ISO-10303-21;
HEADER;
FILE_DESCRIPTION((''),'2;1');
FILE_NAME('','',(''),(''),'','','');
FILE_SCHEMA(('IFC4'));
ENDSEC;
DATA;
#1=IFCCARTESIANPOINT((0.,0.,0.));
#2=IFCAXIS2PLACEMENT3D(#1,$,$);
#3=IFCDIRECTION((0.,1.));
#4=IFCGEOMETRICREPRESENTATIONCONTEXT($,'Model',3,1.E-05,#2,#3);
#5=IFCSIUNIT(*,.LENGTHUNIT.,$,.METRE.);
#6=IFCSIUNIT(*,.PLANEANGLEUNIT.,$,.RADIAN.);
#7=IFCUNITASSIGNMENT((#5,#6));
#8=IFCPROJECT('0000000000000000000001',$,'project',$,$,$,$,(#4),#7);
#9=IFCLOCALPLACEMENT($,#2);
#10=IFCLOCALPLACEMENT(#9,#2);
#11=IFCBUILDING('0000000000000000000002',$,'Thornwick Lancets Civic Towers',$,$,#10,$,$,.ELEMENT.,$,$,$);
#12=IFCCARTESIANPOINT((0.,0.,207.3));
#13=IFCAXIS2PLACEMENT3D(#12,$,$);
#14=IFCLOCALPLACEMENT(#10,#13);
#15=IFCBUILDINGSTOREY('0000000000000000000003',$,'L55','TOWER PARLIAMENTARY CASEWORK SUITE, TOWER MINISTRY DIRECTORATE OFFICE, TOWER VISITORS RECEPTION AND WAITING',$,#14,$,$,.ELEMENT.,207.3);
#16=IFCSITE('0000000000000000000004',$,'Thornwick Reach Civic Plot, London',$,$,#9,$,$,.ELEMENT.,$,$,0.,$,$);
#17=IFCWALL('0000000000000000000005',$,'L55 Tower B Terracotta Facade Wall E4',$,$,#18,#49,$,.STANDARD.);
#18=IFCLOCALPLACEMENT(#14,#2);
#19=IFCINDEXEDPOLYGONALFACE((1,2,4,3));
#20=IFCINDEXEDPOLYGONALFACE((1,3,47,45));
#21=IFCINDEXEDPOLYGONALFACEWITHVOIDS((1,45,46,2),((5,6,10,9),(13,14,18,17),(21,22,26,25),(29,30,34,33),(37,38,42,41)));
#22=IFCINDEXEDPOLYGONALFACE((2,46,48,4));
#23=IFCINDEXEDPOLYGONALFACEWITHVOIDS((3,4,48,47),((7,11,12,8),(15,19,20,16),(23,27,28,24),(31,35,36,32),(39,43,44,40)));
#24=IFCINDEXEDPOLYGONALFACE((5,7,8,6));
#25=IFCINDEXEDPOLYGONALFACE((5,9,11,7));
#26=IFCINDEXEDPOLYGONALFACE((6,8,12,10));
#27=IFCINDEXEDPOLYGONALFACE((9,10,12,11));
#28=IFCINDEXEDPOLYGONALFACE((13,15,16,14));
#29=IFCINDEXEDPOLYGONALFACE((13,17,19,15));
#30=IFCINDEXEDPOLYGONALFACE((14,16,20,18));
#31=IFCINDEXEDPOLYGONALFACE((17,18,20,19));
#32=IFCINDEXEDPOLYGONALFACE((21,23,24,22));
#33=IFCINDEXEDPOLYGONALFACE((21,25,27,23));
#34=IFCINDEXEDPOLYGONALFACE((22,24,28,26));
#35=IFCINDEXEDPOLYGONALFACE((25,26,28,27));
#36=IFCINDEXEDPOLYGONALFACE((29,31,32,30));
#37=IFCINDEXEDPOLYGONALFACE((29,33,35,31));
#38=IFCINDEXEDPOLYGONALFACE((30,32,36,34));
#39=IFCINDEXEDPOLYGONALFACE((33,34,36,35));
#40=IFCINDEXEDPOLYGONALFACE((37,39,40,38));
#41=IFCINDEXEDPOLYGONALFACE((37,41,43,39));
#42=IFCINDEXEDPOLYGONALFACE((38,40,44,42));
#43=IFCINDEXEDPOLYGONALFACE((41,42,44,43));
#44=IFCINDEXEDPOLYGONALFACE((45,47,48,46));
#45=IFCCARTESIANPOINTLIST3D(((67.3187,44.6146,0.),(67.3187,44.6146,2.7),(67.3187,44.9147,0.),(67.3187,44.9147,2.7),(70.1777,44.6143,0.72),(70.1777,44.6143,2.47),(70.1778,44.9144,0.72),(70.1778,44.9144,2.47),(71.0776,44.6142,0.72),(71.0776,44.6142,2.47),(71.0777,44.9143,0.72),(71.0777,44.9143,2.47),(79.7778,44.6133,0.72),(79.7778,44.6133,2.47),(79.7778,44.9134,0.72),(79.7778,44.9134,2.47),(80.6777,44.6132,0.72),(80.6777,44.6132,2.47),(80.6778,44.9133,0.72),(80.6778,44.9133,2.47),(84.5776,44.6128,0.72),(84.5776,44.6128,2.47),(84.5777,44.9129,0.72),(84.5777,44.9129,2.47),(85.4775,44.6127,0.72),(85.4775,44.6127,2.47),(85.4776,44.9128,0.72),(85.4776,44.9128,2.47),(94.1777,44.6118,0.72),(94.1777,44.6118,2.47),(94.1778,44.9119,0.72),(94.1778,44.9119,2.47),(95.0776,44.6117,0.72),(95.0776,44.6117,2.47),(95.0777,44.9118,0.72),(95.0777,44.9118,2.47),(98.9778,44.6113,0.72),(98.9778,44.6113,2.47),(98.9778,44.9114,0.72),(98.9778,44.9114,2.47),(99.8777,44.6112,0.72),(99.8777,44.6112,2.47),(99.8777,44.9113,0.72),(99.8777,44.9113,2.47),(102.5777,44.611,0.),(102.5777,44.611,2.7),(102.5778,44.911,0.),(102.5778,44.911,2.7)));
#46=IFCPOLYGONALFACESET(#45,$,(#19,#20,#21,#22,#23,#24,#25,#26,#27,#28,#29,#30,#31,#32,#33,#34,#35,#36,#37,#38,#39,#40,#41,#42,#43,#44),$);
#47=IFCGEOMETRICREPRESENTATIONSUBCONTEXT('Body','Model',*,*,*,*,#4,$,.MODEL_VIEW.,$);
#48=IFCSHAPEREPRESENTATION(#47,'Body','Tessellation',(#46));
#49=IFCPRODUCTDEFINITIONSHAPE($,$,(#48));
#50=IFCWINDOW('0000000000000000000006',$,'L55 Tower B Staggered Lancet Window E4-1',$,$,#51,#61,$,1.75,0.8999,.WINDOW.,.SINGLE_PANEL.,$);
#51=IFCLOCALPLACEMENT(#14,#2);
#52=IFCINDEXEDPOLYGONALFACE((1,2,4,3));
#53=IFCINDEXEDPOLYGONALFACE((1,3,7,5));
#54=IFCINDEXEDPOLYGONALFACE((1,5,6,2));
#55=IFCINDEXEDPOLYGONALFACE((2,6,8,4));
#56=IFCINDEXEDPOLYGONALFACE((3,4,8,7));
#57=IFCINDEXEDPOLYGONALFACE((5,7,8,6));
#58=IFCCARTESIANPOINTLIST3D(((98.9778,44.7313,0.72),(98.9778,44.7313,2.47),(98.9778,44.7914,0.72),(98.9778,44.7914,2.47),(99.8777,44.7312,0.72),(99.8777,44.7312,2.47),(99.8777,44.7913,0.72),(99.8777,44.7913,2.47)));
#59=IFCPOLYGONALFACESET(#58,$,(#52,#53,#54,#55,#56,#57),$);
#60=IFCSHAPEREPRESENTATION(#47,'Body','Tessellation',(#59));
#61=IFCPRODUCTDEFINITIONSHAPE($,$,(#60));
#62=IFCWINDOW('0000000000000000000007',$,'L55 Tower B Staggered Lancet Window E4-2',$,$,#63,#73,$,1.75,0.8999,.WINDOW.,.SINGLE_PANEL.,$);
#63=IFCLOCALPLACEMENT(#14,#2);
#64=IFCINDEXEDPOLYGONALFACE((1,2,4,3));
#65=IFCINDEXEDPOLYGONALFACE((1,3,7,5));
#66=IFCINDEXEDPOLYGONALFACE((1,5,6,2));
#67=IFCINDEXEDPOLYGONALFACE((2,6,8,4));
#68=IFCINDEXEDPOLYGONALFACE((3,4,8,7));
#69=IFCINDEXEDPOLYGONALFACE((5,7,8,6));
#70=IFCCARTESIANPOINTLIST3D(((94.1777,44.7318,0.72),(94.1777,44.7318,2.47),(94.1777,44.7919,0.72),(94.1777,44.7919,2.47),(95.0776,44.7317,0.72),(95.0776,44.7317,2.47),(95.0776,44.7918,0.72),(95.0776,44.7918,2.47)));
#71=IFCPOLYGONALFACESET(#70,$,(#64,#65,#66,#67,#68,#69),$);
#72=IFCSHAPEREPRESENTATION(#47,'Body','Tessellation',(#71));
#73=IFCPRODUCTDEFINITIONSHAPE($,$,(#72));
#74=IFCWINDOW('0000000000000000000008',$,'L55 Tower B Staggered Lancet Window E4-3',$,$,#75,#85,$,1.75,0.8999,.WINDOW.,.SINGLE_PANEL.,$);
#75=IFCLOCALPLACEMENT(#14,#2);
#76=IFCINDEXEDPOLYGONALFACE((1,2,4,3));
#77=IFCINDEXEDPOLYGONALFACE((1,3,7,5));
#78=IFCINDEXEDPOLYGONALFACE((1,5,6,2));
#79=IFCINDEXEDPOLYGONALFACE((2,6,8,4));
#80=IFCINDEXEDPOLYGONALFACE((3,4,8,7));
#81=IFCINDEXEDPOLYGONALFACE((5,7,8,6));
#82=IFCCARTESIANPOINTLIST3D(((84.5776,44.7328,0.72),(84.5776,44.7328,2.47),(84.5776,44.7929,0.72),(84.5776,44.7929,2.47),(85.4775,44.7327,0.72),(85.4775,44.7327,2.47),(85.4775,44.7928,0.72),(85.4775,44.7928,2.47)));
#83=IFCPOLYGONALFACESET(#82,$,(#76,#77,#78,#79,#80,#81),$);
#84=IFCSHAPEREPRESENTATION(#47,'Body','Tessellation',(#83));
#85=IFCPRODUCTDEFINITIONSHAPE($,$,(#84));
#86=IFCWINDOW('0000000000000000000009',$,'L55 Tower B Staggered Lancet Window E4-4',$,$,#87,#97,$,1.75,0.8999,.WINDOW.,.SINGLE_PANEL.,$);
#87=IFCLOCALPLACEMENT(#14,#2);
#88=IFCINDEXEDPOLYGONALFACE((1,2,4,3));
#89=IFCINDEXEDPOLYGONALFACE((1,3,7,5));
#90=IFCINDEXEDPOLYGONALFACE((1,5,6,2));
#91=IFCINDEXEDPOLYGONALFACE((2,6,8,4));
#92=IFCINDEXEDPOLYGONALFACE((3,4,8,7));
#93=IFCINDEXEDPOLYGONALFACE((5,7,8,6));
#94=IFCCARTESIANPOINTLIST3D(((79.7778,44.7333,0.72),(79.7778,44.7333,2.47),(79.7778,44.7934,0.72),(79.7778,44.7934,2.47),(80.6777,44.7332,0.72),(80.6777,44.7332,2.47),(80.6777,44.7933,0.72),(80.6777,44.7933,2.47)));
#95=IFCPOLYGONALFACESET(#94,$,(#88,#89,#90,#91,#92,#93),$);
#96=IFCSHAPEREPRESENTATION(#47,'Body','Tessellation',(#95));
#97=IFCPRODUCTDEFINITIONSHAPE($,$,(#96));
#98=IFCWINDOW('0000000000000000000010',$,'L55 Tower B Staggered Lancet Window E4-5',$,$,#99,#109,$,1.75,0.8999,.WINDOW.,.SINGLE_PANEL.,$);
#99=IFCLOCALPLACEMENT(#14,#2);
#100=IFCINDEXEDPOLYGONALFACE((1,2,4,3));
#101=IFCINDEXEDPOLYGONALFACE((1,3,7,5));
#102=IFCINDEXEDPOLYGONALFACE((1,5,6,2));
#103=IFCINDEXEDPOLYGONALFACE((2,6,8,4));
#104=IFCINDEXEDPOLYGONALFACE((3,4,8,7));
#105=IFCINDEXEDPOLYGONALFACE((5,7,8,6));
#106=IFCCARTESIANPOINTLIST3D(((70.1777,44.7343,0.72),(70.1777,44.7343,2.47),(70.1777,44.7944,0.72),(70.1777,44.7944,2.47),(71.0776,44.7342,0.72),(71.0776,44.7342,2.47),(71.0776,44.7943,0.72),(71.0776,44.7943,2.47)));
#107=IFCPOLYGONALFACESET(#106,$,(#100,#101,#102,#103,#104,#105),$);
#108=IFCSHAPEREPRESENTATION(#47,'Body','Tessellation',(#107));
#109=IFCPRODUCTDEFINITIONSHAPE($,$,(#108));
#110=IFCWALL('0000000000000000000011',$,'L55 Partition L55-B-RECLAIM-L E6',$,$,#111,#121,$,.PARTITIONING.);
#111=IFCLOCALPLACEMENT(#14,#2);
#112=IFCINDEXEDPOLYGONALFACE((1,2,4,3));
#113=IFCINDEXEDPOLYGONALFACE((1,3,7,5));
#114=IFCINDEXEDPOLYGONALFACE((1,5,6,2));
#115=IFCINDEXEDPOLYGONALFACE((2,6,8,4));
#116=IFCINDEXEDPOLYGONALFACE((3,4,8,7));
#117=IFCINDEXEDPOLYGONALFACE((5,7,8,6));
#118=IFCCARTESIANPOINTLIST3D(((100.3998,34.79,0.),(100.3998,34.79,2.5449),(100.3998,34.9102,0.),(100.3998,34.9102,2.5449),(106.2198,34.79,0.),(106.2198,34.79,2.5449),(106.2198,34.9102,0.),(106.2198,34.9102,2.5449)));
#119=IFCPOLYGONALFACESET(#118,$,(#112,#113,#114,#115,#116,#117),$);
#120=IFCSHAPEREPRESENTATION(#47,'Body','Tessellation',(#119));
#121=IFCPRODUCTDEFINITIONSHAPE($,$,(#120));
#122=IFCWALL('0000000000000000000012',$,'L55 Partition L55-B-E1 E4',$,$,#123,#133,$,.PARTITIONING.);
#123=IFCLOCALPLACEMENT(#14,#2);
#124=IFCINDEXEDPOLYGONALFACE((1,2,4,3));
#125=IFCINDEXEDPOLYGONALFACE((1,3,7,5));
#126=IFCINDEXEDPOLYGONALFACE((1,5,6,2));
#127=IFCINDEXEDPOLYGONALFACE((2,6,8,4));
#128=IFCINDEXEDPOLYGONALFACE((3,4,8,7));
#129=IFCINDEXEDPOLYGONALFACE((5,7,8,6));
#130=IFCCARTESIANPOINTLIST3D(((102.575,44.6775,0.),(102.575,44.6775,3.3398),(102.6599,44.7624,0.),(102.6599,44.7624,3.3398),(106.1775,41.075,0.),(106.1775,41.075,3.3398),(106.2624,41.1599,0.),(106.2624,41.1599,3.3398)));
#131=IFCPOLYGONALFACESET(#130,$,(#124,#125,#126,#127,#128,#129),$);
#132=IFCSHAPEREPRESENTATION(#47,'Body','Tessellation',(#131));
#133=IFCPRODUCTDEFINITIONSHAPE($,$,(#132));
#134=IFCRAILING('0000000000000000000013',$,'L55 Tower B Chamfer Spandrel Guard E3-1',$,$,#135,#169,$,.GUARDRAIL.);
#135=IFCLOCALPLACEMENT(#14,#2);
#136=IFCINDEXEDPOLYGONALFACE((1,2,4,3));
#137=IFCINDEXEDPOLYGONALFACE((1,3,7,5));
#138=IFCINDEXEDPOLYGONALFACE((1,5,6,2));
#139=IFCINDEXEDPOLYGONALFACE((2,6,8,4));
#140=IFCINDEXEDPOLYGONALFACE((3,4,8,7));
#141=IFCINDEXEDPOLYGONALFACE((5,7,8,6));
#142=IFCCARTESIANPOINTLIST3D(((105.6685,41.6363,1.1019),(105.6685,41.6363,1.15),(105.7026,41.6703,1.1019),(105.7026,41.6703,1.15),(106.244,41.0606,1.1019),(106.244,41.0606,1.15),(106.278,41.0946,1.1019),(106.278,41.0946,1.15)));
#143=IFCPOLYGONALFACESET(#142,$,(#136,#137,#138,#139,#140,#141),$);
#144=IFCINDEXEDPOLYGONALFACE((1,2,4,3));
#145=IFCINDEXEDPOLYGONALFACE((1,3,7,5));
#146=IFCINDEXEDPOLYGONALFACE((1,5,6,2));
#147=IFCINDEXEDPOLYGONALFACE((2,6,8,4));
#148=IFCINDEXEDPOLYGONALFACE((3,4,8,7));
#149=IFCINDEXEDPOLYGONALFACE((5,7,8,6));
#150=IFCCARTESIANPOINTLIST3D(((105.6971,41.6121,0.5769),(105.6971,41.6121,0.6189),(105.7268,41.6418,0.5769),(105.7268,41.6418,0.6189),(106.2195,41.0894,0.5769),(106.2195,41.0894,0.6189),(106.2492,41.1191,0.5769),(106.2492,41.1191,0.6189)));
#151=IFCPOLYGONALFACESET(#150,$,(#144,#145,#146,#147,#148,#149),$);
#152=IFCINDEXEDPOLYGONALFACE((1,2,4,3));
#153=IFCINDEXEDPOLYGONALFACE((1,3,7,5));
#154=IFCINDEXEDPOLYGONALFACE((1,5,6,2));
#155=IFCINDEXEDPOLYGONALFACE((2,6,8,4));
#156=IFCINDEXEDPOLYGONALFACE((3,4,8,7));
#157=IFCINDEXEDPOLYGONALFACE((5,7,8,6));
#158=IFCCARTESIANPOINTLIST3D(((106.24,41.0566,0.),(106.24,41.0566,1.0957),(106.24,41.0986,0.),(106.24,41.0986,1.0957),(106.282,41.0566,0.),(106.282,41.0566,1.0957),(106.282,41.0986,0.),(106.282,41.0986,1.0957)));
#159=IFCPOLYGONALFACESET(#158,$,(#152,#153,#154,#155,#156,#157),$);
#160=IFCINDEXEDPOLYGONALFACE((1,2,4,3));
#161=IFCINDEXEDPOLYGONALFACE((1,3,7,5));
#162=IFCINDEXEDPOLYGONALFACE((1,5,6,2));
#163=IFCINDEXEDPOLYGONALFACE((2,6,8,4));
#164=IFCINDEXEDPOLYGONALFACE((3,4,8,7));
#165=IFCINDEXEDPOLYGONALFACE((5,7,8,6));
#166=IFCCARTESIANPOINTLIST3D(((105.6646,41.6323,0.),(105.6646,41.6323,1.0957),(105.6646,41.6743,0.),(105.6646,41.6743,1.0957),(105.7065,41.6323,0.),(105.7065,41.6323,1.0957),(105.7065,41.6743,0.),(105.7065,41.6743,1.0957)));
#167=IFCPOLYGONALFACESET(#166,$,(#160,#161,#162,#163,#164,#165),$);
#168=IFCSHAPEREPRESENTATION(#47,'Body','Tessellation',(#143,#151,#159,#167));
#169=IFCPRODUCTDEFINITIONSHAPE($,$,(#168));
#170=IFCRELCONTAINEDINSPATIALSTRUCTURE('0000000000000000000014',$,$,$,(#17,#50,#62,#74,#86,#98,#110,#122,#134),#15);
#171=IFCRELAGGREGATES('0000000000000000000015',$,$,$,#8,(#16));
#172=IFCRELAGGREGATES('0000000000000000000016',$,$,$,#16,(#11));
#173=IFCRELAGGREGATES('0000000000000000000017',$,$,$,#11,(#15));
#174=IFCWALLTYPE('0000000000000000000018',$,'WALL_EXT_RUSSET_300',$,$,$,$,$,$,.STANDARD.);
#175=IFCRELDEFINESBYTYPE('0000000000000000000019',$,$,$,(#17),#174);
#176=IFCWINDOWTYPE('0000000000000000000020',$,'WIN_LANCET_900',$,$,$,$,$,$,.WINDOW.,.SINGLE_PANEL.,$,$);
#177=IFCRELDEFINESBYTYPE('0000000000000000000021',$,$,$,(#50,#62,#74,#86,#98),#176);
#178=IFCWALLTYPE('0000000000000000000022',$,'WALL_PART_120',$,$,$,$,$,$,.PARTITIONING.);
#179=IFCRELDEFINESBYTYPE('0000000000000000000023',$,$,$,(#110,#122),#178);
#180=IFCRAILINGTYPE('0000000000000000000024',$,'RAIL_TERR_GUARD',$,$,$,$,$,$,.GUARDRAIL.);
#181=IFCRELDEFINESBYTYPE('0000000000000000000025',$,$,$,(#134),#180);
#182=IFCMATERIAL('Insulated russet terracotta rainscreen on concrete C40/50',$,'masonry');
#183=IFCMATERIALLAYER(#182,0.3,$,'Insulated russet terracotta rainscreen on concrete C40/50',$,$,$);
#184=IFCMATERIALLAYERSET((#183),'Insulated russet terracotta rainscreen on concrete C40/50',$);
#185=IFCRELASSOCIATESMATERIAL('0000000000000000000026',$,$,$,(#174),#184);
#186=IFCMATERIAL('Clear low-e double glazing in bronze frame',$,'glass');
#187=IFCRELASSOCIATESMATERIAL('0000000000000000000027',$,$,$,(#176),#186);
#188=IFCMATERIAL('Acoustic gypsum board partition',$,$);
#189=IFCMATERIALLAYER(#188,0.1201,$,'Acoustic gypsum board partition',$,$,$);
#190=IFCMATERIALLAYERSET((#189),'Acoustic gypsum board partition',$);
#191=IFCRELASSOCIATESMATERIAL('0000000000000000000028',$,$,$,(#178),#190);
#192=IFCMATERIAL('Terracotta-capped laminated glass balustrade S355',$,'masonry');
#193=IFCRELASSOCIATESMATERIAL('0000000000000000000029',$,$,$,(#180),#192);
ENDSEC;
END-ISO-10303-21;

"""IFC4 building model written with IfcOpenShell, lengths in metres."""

from ifc_helpers import new_model, si_unit, direction, frame, frame_2d, origin, origin_2d, place, context, subcontext, project, spatial, rectangle, extrude, material, layer, layer_set, type_object, element, fill, save


model = new_model("IFC4")

# Units and contexts
model_context = context("Model", 3, precision=1e-05, world=origin(), true_north=direction((0.0, 1.0)))
body_context = subcontext(model_context, "Body", "Model", "MODEL_VIEW")
ifc_project = project(units=[si_unit("LENGTHUNIT", "METRE"), si_unit("PLANEANGLEUNIT", "RADIAN")], contexts=[model_context])

# Site, building, storey
site_placement = place(None, origin())
site = spatial("IfcSite", under=ifc_project, at=site_placement, Name="Thornwick Reach Civic Plot, London", CompositionType="ELEMENT", RefElevation=0.0)
building_placement = place(site_placement, origin())
building = spatial("IfcBuilding", under=site, at=building_placement, Name="Thornwick Lancets Civic Towers", CompositionType="ELEMENT")
storey_placement = place(building_placement, frame((0.0, 0.0, 207.3)))
storey = spatial("IfcBuildingStorey", under=building, at=storey_placement, Name="L55", Description="TOWER PARLIAMENTARY CASEWORK SUITE, TOWER MINISTRY DIRECTORATE OFFICE, TOWER VISITORS RECEPTION AND WAITING", CompositionType="ELEMENT", Elevation=207.3)

# Wall, openings, windows
ifc_material_1 = material(Name="Insulated russet terracotta rainscreen on concrete C40/50", Category="masonry")
ifc_layer_1 = layer(ifc_material_1, 0.3, Name="Insulated russet terracotta rainscreen on concrete C40/50")
ifc_layer_set_1 = layer_set([ifc_layer_1], Name="Insulated russet terracotta rainscreen on concrete C40/50")
wall_type_1 = type_object("IfcWallType", Name="WALL_EXT_RUSSET_300", PredefinedType="STANDARD", material=ifc_layer_set_1)
wall_1_placement = place(storey_placement, frame((102.5776, 44.761, 0.0), z_axis=(0.0, 0.0, 1.0), x_axis=(-1.0, 0.000104, 0.0)))
wall_1 = element("IfcWall", 1, at=wall_1_placement, inside=storey, type_object=wall_type_1, Name="L55 Tower B Terracotta Facade Wall E4", PredefinedType="STANDARD", context=body_context, shape_type="SweptSolid", body=[
    extrude(rectangle(XDim=35.259, YDim=0.3, at=frame_2d((17.6294, 0.0))), origin(), (0.0, 0.0, 1.0), 2.7),
])
opening_1_placement = place(wall_1_placement, frame((2.7, 0.0, 0.72)))
opening_1 = element("IfcOpeningElement", 2, at=opening_1_placement, cuts=wall_1, PredefinedType="OPENING", context=body_context, shape_type="SweptSolid", body=[
    extrude(rectangle(XDim=0.8999, YDim=1.75, at=frame_2d((0.45, 0.875))), frame((0.0, 0.1602, 0.0), z_axis=(0.0, -1.0, 0.0), x_axis=(1.0, 0.0, 0.0)), (0.0, 0.0, 1.0), 0.3201),
])
opening_2_placement = place(wall_1_placement, frame((7.5, 0.0, 0.72)))
opening_2 = element("IfcOpeningElement", 3, at=opening_2_placement, cuts=wall_1, PredefinedType="OPENING", context=body_context, shape_type="SweptSolid", body=[
    extrude(rectangle(XDim=0.8999, YDim=1.75, at=frame_2d((0.45, 0.875))), frame((0.0, 0.1602, 0.0), z_axis=(0.0, -1.0, 0.0), x_axis=(1.0, 0.0, 0.0)), (0.0, 0.0, 1.0), 0.3201),
])
opening_3_placement = place(wall_1_placement, frame((17.1001, 0.0, 0.72)))
opening_3 = element("IfcOpeningElement", 4, at=opening_3_placement, cuts=wall_1, PredefinedType="OPENING", context=body_context, shape_type="SweptSolid", body=[
    extrude(rectangle(XDim=0.8999, YDim=1.75, at=frame_2d((0.45, 0.875))), frame((0.0, 0.1602, 0.0), z_axis=(0.0, -1.0, 0.0), x_axis=(1.0, 0.0, 0.0)), (0.0, 0.0, 1.0), 0.3201),
])
opening_4_placement = place(wall_1_placement, frame((21.8999, 0.0, 0.72)))
opening_4 = element("IfcOpeningElement", 5, at=opening_4_placement, cuts=wall_1, PredefinedType="OPENING", context=body_context, shape_type="SweptSolid", body=[
    extrude(rectangle(XDim=0.8999, YDim=1.75, at=frame_2d((0.45, 0.875))), frame((0.0, 0.1602, 0.0), z_axis=(0.0, -1.0, 0.0), x_axis=(1.0, 0.0, 0.0)), (0.0, 0.0, 1.0), 0.3201),
])
opening_5_placement = place(wall_1_placement, frame((31.5, 0.0, 0.72)))
opening_5 = element("IfcOpeningElement", 6, at=opening_5_placement, cuts=wall_1, PredefinedType="OPENING", context=body_context, shape_type="SweptSolid", body=[
    extrude(rectangle(XDim=0.8999, YDim=1.75, at=frame_2d((0.45, 0.875))), frame((0.0, 0.1602, 0.0), z_axis=(0.0, -1.0, 0.0), x_axis=(1.0, 0.0, 0.0)), (0.0, 0.0, 1.0), 0.3201),
])
ifc_material_2 = material(Name="Clear low-e double glazing in bronze frame", Category="glass")
window_type = type_object("IfcWindowType", Name="WIN_LANCET_900", PartitioningType="SINGLE_PANEL", PredefinedType="WINDOW", material=ifc_material_2)
window_1_placement = place(opening_1_placement, origin())
window_1 = element("IfcWindow", 7, at=window_1_placement, inside=storey, type_object=window_type, Name="L55 Tower B Staggered Lancet Window E4-1", OverallHeight=1.75, OverallWidth=0.8999, PartitioningType="SINGLE_PANEL", PredefinedType="WINDOW", context=body_context, shape_type="SweptSolid", body=[
    extrude(rectangle(XDim=0.8999, YDim=1.75, at=frame_2d((0.45, 0.875))), frame((0.0, 0.03, 0.0), z_axis=(0.0, -1.0, 0.0), x_axis=(1.0, 0.0, 0.0)), (0.0, 0.0, 1.0), 0.0601),
])
fill(opening_1, window_1)
window_2_placement = place(opening_2_placement, origin())
window_2 = element("IfcWindow", 8, at=window_2_placement, inside=storey, type_object=window_type, Name="L55 Tower B Staggered Lancet Window E4-2", OverallHeight=1.75, OverallWidth=0.8999, PartitioningType="SINGLE_PANEL", PredefinedType="WINDOW", context=body_context, shape_type="SweptSolid", body=[
    extrude(rectangle(XDim=0.8999, YDim=1.75, at=frame_2d((0.45, 0.875))), frame((0.0, 0.03, 0.0), z_axis=(0.0, -1.0, 0.0), x_axis=(1.0, 0.0, 0.0)), (0.0, 0.0, 1.0), 0.0601),
])
fill(opening_2, window_2)
window_3_placement = place(opening_3_placement, origin())
window_3 = element("IfcWindow", 9, at=window_3_placement, inside=storey, type_object=window_type, Name="L55 Tower B Staggered Lancet Window E4-3", OverallHeight=1.75, OverallWidth=0.8999, PartitioningType="SINGLE_PANEL", PredefinedType="WINDOW", context=body_context, shape_type="SweptSolid", body=[
    extrude(rectangle(XDim=0.8999, YDim=1.75, at=frame_2d((0.45, 0.875))), frame((0.0, 0.03, 0.0), z_axis=(0.0, -1.0, 0.0), x_axis=(1.0, 0.0, 0.0)), (0.0, 0.0, 1.0), 0.0601),
])
fill(opening_3, window_3)
window_4_placement = place(opening_4_placement, origin())
window_4 = element("IfcWindow", 10, at=window_4_placement, inside=storey, type_object=window_type, Name="L55 Tower B Staggered Lancet Window E4-4", OverallHeight=1.75, OverallWidth=0.8999, PartitioningType="SINGLE_PANEL", PredefinedType="WINDOW", context=body_context, shape_type="SweptSolid", body=[
    extrude(rectangle(XDim=0.8999, YDim=1.75, at=frame_2d((0.45, 0.875))), frame((0.0, 0.03, 0.0), z_axis=(0.0, -1.0, 0.0), x_axis=(1.0, 0.0, 0.0)), (0.0, 0.0, 1.0), 0.0601),
])
fill(opening_4, window_4)
window_5_placement = place(opening_5_placement, origin())
window_5 = element("IfcWindow", 11, at=window_5_placement, inside=storey, type_object=window_type, Name="L55 Tower B Staggered Lancet Window E4-5", OverallHeight=1.75, OverallWidth=0.8999, PartitioningType="SINGLE_PANEL", PredefinedType="WINDOW", context=body_context, shape_type="SweptSolid", body=[
    extrude(rectangle(XDim=0.8999, YDim=1.75, at=frame_2d((0.45, 0.875))), frame((0.0, 0.03, 0.0), z_axis=(0.0, -1.0, 0.0), x_axis=(1.0, 0.0, 0.0)), (0.0, 0.0, 1.0), 0.0601),
])
fill(opening_5, window_5)

# Walls
ifc_material_3 = material(Name="Acoustic gypsum board partition")
ifc_layer_2 = layer(ifc_material_3, 0.1201, Name="Acoustic gypsum board partition")
ifc_layer_set_2 = layer_set([ifc_layer_2], Name="Acoustic gypsum board partition")
wall_type_2 = type_object("IfcWallType", Name="WALL_PART_120", PredefinedType="PARTITIONING", material=ifc_layer_set_2)
wall_2_placement = place(storey_placement, frame((106.22, 34.8501, 0.0), z_axis=(0.0, 0.0, 1.0), x_axis=(-1.0, 0.0, 0.0)))
element("IfcWall", 12, at=wall_2_placement, inside=storey, type_object=wall_type_2, Name="L55 Partition L55-B-RECLAIM-L E6", PredefinedType="PARTITIONING", context=body_context, shape_type="SweptSolid", body=[
    extrude(rectangle(XDim=5.8201, YDim=0.1201, at=frame_2d((2.9102, 0.0))), origin(), (0.0, 0.0, 1.0), 2.5449),
])
wall_3_placement = place(storey_placement, frame((102.6174, 44.72, 0.0), z_axis=(0.0, 0.0, 1.0), x_axis=(0.707107, -0.707107, 0.0)))
element("IfcWall", 13, at=wall_3_placement, inside=storey, type_object=wall_type_2, Name="L55 Partition L55-B-E1 E4", PredefinedType="PARTITIONING", context=body_context, shape_type="SweptSolid", body=[
    extrude(rectangle(XDim=5.0947, YDim=0.1201, at=frame_2d((2.5474, 0.0))), origin(), (0.0, 0.0, 1.0), 3.3398),
])

# Railing
ifc_material_4 = material(Name="Terracotta-capped laminated glass balustrade S355", Category="masonry")
railing_type = type_object("IfcRailingType", Name="RAIL_TERR_GUARD", PredefinedType="GUARDRAIL", material=ifc_material_4)
railing_1_placement = place(storey_placement, frame((106.261, 41.0776, 0.0)))
element("IfcRailing", 14, at=railing_1_placement, inside=storey, type_object=railing_type, Name="L55 Tower B Chamfer Spandrel Guard E3-1", PredefinedType="GUARDRAIL", context=body_context, shape_type="SweptSolid", body=[
    extrude(rectangle(XDim=0.0481, YDim=0.0481, at=origin_2d()), frame((0.0, 0.0, 1.126), z_axis=(-0.706957, 0.707257, 0.0), x_axis=(-0.707257, -0.706957, 0.0)), (0.0, 0.0, 1.0), 0.814),
    extrude(rectangle(XDim=0.042, YDim=0.042, at=origin_2d()), frame((-0.0266, 0.0266, 0.5979), z_axis=(-0.706957, 0.707257, 0.0), x_axis=(-0.707257, -0.706957, 0.0)), (0.0, 0.0, 1.0), 0.739),
    extrude(rectangle(XDim=0.042, YDim=0.042, at=origin_2d()), origin(), (0.0, 0.0, 1.0), 1.0957),
    extrude(rectangle(XDim=0.042, YDim=0.042, at=origin_2d()), frame((-0.5754, 0.5757, 0.0)), (0.0, 0.0, 1.0), 1.0957),
])

save(model, "model.ifc")
